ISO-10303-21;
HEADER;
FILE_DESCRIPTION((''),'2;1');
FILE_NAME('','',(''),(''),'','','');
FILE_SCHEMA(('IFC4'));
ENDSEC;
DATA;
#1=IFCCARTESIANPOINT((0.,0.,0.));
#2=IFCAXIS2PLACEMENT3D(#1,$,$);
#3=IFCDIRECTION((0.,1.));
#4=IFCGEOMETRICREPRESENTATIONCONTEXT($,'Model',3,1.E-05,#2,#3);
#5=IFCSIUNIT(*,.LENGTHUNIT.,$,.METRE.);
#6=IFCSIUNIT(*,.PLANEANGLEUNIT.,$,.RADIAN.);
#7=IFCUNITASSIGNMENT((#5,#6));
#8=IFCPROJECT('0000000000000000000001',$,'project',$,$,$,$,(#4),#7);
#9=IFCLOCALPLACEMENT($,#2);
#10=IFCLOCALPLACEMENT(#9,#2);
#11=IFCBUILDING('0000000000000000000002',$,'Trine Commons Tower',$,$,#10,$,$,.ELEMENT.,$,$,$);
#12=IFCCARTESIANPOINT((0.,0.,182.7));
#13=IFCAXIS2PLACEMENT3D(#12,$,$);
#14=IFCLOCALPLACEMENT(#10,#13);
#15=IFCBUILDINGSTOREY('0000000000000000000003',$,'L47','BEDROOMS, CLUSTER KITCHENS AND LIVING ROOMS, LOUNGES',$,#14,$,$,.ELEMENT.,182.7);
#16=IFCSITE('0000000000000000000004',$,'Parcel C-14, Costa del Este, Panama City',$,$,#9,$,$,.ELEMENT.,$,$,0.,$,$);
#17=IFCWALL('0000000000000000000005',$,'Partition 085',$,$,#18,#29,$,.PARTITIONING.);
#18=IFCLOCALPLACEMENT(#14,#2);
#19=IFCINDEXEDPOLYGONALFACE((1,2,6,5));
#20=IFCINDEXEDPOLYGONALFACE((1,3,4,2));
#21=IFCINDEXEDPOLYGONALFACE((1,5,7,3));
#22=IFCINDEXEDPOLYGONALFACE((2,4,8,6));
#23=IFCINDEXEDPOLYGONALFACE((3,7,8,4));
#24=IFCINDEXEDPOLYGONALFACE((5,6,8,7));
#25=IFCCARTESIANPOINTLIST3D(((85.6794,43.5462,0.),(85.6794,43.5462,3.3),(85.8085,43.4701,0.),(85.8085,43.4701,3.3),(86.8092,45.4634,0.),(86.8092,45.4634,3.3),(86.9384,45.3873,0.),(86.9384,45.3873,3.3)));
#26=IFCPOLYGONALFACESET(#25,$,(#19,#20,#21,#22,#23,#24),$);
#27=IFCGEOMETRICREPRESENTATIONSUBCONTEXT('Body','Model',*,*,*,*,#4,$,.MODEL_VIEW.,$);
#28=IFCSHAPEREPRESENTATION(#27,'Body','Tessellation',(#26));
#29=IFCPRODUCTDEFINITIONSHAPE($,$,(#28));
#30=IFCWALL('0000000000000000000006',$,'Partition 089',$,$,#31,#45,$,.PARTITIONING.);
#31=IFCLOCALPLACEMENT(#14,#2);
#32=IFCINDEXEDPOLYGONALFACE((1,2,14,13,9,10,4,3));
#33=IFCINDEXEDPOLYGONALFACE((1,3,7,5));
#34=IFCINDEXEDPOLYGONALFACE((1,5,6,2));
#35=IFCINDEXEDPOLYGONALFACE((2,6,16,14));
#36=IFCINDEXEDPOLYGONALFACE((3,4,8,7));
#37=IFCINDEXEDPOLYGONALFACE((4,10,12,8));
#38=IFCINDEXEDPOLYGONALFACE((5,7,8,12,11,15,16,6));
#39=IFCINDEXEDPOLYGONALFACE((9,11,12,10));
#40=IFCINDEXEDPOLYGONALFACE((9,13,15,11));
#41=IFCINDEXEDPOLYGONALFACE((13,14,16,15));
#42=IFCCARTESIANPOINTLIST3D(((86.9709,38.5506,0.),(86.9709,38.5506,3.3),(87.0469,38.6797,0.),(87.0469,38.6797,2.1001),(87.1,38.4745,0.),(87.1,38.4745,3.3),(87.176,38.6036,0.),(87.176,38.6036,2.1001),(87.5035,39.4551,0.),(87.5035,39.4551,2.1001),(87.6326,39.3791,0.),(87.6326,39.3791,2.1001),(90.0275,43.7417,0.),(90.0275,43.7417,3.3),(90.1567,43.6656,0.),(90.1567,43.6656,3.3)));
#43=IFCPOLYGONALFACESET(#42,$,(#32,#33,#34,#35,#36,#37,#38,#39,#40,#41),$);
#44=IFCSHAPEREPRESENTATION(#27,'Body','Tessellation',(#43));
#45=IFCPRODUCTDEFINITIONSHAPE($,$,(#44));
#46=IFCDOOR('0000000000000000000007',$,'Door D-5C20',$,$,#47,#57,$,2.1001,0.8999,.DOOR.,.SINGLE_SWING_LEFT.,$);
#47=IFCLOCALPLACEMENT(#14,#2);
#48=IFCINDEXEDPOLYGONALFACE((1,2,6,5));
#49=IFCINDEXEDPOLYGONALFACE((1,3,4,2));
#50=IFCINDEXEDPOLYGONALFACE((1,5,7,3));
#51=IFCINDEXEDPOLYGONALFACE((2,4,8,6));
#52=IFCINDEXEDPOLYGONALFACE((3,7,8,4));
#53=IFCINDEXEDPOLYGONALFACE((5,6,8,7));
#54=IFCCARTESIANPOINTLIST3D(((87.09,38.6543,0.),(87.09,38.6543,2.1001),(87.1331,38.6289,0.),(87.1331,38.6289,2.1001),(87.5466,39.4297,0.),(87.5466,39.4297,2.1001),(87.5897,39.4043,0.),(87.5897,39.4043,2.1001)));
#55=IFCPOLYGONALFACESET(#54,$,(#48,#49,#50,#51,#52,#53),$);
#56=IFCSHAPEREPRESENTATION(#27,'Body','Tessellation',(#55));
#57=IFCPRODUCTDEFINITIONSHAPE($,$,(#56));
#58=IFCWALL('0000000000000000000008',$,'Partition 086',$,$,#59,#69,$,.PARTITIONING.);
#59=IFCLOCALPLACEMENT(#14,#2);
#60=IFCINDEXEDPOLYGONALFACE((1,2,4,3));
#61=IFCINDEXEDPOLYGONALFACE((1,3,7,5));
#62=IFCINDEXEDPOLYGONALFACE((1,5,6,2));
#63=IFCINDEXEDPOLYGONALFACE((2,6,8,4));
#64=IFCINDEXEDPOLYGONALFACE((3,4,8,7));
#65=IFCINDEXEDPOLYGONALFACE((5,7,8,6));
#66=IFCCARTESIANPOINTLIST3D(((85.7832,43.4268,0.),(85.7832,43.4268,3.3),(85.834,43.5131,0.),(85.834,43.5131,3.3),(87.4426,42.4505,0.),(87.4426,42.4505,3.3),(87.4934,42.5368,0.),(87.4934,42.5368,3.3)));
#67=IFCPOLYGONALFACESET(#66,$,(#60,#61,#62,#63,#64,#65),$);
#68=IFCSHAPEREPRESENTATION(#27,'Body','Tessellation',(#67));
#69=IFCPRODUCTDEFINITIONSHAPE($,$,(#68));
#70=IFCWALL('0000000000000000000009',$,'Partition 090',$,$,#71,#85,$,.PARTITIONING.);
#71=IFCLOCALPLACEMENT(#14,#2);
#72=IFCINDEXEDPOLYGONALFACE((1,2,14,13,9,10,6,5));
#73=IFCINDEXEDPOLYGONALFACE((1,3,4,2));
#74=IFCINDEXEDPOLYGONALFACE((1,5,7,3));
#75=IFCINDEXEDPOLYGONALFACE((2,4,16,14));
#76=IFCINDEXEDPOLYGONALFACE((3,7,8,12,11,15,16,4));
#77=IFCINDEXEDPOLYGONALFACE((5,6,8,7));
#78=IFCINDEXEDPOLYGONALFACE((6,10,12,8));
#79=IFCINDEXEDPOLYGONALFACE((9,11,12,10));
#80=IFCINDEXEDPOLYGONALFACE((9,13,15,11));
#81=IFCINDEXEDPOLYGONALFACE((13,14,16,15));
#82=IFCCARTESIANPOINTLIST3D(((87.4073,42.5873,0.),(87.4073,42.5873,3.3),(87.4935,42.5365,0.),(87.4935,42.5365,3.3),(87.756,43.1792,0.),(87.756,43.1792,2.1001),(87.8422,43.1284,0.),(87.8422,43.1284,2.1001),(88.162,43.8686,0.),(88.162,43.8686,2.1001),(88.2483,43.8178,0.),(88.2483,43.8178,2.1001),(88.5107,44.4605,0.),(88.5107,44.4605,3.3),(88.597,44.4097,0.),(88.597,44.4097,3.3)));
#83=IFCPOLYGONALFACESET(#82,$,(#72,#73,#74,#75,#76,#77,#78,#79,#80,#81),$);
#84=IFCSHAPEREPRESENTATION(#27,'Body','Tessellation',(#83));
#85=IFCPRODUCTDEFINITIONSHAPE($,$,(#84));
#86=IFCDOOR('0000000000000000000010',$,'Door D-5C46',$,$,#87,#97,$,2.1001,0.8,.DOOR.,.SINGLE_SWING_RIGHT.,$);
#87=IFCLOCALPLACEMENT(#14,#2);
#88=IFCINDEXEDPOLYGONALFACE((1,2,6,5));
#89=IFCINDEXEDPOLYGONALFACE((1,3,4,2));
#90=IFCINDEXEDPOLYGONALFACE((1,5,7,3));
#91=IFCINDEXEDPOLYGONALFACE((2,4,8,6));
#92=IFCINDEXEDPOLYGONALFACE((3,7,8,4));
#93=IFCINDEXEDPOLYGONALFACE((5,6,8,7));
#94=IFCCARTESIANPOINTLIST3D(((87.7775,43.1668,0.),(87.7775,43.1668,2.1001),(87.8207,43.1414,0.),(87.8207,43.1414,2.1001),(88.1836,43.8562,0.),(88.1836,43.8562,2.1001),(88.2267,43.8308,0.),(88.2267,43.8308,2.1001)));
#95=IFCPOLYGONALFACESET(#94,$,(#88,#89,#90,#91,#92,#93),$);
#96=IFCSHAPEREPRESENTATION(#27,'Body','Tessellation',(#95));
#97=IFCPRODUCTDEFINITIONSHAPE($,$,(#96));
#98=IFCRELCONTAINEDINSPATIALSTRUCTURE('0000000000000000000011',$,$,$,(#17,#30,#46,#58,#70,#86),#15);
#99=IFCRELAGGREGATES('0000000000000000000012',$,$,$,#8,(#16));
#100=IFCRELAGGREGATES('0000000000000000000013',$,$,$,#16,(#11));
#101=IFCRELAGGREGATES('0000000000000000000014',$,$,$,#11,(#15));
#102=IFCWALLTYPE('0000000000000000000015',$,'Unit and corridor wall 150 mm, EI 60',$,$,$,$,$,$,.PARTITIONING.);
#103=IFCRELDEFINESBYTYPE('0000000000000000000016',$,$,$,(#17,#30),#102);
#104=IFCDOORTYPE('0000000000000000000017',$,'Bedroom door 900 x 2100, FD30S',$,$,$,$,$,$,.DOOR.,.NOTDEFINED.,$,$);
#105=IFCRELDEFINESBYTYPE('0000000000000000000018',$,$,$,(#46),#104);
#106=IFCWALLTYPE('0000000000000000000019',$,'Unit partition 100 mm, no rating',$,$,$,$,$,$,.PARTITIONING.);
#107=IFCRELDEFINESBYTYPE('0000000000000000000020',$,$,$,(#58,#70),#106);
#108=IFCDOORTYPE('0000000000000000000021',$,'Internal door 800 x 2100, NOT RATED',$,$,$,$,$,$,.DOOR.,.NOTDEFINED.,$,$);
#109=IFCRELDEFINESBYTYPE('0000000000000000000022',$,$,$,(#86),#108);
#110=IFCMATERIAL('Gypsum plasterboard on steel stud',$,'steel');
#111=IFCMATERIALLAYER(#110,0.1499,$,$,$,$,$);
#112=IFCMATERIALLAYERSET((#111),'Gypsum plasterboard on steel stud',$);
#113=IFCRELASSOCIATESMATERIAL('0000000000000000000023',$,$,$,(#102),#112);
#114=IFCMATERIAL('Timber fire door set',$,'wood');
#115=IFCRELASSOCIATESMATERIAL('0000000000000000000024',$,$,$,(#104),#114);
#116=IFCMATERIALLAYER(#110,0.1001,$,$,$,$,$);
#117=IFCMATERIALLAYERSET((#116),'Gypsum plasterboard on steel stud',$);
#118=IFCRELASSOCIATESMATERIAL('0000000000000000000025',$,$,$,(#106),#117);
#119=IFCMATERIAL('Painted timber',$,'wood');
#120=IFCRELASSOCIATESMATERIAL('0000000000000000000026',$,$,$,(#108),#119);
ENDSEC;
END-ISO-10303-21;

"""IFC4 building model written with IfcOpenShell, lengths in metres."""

from ifc_helpers import new_model, si_unit, direction, frame, frame_2d, origin, place, context, subcontext, project, spatial, rectangle, extrude, material, layer, layer_set, type_object, element, fill, save


model = new_model("IFC4")

# Units and contexts
model_context = context("Model", 3, precision=1e-05, world=origin(), true_north=direction((0.0, 1.0)))
body_context = subcontext(model_context, "Body", "Model", "MODEL_VIEW")
ifc_project = project(units=[si_unit("LENGTHUNIT", "METRE"), si_unit("PLANEANGLEUNIT", "RADIAN")], contexts=[model_context])

# Site, building, storey
site_placement = place(None, origin())
site = spatial("IfcSite", under=ifc_project, at=site_placement, Name="Parcel C-14, Costa del Este, Panama City", CompositionType="ELEMENT", RefElevation=0.0)
building_placement = place(site_placement, origin())
building = spatial("IfcBuilding", under=site, at=building_placement, Name="Trine Commons Tower", CompositionType="ELEMENT")
storey_placement = place(building_placement, frame((0.0, 0.0, 182.7)))
storey = spatial("IfcBuildingStorey", under=building, at=storey_placement, Name="L47", Description="BEDROOMS, CLUSTER KITCHENS AND LIVING ROOMS, LOUNGES", CompositionType="ELEMENT", Elevation=182.7)

# Wall
ifc_material_1 = material(Name="Gypsum plasterboard on steel stud", Category="steel")
ifc_layer_1 = layer(ifc_material_1, 0.1499)
ifc_layer_set_1 = layer_set([ifc_layer_1], Name="Gypsum plasterboard on steel stud")
wall_type_1 = type_object("IfcWallType", Name="Unit and corridor wall 150 mm, EI 60", PredefinedType="PARTITIONING", material=ifc_layer_set_1)
wall_1_placement = place(storey_placement, frame((85.7439, 43.5081, 0.0), z_axis=(0.0, 0.0, 1.0), x_axis=(0.50772, 0.861522, 0.0)))
element("IfcWall", 1, at=wall_1_placement, inside=storey, type_object=wall_type_1, Name="Partition 085", PredefinedType="PARTITIONING", context=body_context, shape_type="SweptSolid", body=[
    extrude(rectangle(XDim=2.2253, YDim=0.1499, at=frame_2d((1.1128, 0.0))), origin(), (0.0, 0.0, 1.0), 3.3),
])

# Wall, opening, door
wall_2_placement = place(storey_placement, frame((87.0354, 38.5125, 0.0), z_axis=(0.0, 0.0, 1.0), x_axis=(0.507392, 0.861715, 0.0)))
wall_2 = element("IfcWall", 2, at=wall_2_placement, inside=storey, type_object=wall_type_1, Name="Partition 089", PredefinedType="PARTITIONING", context=body_context, shape_type="SweptSolid", body=[
    extrude(rectangle(XDim=6.0242, YDim=0.1499, at=frame_2d((3.0122, 0.0))), origin(), (0.0, 0.0, 1.0), 3.3),
])
opening_1_placement = place(wall_2_placement, frame((0.1499, 0.0, 0.0)))
opening_1 = element("IfcOpeningElement", 3, at=opening_1_placement, cuts=wall_2, PredefinedType="OPENING", context=body_context, shape_type="SweptSolid", body=[
    extrude(rectangle(XDim=0.8999, YDim=2.1001, at=frame_2d((0.45, 1.05))), frame((0.0, 0.085, 0.0), z_axis=(0.0, -1.0, 0.0), x_axis=(1.0, 0.0, 0.0)), (0.0, 0.0, 1.0), 0.1699),
])
ifc_material_2 = material(Name="Timber fire door set", Category="wood")
door_type_1 = type_object("IfcDoorType", Name="Bedroom door 900 x 2100, FD30S", OperationType="NOTDEFINED", PredefinedType="DOOR", material=ifc_material_2)
door_1_placement = place(opening_1_placement, origin())
door_1 = element("IfcDoor", 4, at=door_1_placement, inside=storey, type_object=door_type_1, Name="Door D-5C20", OperationType="SINGLE_SWING_LEFT", OverallHeight=2.1001, OverallWidth=0.8999, PredefinedType="DOOR", context=body_context, shape_type="SweptSolid", body=[
    extrude(rectangle(XDim=0.8999, YDim=2.1001, at=frame_2d((0.45, 1.05))), frame((0.0, 0.0249, 0.0), z_axis=(0.0, -1.0, 0.0), x_axis=(1.0, 0.0, 0.0)), (0.0, 0.0, 1.0), 0.05),
])
fill(opening_1, door_1)

# Wall
ifc_layer_2 = layer(ifc_material_1, 0.1001)
ifc_layer_set_2 = layer_set([ifc_layer_2], Name="Gypsum plasterboard on steel stud")
wall_type_2 = type_object("IfcWallType", Name="Unit partition 100 mm, no rating", PredefinedType="PARTITIONING", material=ifc_layer_set_2)
wall_3_placement = place(storey_placement, frame((85.8086, 43.47, 0.0), z_axis=(0.0, 0.0, 1.0), x_axis=(0.861892, -0.507092, 0.0)))
element("IfcWall", 5, at=wall_3_placement, inside=storey, type_object=wall_type_2, Name="Partition 086", PredefinedType="PARTITIONING", context=body_context, shape_type="SweptSolid", body=[
    extrude(rectangle(XDim=1.9253, YDim=0.1001, at=frame_2d((0.9626, 0.0))), origin(), (0.0, 0.0, 1.0), 3.3),
])

# Wall, opening, door
wall_4_placement = place(storey_placement, frame((87.4504, 42.562, 0.0), z_axis=(0.0, 0.0, 1.0), x_axis=(0.50756, 0.861617, 0.0)))
wall_4 = element("IfcWall", 6, at=wall_4_placement, inside=storey, type_object=wall_type_2, Name="Partition 090", PredefinedType="PARTITIONING", context=body_context, shape_type="SweptSolid", body=[
    extrude(rectangle(XDim=2.1741, YDim=0.1001, at=frame_2d((1.0869, 0.0))), origin(), (0.0, 0.0, 1.0), 3.3),
])
opening_2_placement = place(wall_4_placement, frame((0.687, 0.0, 0.0)))
opening_2 = element("IfcOpeningElement", 7, at=opening_2_placement, cuts=wall_4, PredefinedType="OPENING", context=body_context, shape_type="SweptSolid", body=[
    extrude(rectangle(XDim=0.8, YDim=2.1001, at=frame_2d((0.3999, 1.05))), frame((0.0, 0.0601, 0.0), z_axis=(0.0, -1.0, 0.0), x_axis=(1.0, 0.0, 0.0)), (0.0, 0.0, 1.0), 0.1201),
])
ifc_material_3 = material(Name="Painted timber", Category="wood")
door_type_2 = type_object("IfcDoorType", Name="Internal door 800 x 2100, NOT RATED", OperationType="NOTDEFINED", PredefinedType="DOOR", material=ifc_material_3)
door_2_placement = place(opening_2_placement, frame((0.8, 0.0, 0.0), z_axis=(0.0, 0.0, 1.0), x_axis=(-1.0, 0.0, 0.0)))
door_2 = element("IfcDoor", 8, at=door_2_placement, inside=storey, type_object=door_type_2, Name="Door D-5C46", OperationType="SINGLE_SWING_RIGHT", OverallHeight=2.1001, OverallWidth=0.8, PredefinedType="DOOR", context=body_context, shape_type="SweptSolid", body=[
    extrude(rectangle(XDim=0.8, YDim=2.1001, at=frame_2d((0.3999, 1.05))), frame((0.0, 0.0249, 0.0), z_axis=(0.0, -1.0, 0.0), x_axis=(1.0, 0.0, 0.0)), (0.0, 0.0, 1.0), 0.05),
])
fill(opening_2, door_2)

save(model, "model.ifc")
